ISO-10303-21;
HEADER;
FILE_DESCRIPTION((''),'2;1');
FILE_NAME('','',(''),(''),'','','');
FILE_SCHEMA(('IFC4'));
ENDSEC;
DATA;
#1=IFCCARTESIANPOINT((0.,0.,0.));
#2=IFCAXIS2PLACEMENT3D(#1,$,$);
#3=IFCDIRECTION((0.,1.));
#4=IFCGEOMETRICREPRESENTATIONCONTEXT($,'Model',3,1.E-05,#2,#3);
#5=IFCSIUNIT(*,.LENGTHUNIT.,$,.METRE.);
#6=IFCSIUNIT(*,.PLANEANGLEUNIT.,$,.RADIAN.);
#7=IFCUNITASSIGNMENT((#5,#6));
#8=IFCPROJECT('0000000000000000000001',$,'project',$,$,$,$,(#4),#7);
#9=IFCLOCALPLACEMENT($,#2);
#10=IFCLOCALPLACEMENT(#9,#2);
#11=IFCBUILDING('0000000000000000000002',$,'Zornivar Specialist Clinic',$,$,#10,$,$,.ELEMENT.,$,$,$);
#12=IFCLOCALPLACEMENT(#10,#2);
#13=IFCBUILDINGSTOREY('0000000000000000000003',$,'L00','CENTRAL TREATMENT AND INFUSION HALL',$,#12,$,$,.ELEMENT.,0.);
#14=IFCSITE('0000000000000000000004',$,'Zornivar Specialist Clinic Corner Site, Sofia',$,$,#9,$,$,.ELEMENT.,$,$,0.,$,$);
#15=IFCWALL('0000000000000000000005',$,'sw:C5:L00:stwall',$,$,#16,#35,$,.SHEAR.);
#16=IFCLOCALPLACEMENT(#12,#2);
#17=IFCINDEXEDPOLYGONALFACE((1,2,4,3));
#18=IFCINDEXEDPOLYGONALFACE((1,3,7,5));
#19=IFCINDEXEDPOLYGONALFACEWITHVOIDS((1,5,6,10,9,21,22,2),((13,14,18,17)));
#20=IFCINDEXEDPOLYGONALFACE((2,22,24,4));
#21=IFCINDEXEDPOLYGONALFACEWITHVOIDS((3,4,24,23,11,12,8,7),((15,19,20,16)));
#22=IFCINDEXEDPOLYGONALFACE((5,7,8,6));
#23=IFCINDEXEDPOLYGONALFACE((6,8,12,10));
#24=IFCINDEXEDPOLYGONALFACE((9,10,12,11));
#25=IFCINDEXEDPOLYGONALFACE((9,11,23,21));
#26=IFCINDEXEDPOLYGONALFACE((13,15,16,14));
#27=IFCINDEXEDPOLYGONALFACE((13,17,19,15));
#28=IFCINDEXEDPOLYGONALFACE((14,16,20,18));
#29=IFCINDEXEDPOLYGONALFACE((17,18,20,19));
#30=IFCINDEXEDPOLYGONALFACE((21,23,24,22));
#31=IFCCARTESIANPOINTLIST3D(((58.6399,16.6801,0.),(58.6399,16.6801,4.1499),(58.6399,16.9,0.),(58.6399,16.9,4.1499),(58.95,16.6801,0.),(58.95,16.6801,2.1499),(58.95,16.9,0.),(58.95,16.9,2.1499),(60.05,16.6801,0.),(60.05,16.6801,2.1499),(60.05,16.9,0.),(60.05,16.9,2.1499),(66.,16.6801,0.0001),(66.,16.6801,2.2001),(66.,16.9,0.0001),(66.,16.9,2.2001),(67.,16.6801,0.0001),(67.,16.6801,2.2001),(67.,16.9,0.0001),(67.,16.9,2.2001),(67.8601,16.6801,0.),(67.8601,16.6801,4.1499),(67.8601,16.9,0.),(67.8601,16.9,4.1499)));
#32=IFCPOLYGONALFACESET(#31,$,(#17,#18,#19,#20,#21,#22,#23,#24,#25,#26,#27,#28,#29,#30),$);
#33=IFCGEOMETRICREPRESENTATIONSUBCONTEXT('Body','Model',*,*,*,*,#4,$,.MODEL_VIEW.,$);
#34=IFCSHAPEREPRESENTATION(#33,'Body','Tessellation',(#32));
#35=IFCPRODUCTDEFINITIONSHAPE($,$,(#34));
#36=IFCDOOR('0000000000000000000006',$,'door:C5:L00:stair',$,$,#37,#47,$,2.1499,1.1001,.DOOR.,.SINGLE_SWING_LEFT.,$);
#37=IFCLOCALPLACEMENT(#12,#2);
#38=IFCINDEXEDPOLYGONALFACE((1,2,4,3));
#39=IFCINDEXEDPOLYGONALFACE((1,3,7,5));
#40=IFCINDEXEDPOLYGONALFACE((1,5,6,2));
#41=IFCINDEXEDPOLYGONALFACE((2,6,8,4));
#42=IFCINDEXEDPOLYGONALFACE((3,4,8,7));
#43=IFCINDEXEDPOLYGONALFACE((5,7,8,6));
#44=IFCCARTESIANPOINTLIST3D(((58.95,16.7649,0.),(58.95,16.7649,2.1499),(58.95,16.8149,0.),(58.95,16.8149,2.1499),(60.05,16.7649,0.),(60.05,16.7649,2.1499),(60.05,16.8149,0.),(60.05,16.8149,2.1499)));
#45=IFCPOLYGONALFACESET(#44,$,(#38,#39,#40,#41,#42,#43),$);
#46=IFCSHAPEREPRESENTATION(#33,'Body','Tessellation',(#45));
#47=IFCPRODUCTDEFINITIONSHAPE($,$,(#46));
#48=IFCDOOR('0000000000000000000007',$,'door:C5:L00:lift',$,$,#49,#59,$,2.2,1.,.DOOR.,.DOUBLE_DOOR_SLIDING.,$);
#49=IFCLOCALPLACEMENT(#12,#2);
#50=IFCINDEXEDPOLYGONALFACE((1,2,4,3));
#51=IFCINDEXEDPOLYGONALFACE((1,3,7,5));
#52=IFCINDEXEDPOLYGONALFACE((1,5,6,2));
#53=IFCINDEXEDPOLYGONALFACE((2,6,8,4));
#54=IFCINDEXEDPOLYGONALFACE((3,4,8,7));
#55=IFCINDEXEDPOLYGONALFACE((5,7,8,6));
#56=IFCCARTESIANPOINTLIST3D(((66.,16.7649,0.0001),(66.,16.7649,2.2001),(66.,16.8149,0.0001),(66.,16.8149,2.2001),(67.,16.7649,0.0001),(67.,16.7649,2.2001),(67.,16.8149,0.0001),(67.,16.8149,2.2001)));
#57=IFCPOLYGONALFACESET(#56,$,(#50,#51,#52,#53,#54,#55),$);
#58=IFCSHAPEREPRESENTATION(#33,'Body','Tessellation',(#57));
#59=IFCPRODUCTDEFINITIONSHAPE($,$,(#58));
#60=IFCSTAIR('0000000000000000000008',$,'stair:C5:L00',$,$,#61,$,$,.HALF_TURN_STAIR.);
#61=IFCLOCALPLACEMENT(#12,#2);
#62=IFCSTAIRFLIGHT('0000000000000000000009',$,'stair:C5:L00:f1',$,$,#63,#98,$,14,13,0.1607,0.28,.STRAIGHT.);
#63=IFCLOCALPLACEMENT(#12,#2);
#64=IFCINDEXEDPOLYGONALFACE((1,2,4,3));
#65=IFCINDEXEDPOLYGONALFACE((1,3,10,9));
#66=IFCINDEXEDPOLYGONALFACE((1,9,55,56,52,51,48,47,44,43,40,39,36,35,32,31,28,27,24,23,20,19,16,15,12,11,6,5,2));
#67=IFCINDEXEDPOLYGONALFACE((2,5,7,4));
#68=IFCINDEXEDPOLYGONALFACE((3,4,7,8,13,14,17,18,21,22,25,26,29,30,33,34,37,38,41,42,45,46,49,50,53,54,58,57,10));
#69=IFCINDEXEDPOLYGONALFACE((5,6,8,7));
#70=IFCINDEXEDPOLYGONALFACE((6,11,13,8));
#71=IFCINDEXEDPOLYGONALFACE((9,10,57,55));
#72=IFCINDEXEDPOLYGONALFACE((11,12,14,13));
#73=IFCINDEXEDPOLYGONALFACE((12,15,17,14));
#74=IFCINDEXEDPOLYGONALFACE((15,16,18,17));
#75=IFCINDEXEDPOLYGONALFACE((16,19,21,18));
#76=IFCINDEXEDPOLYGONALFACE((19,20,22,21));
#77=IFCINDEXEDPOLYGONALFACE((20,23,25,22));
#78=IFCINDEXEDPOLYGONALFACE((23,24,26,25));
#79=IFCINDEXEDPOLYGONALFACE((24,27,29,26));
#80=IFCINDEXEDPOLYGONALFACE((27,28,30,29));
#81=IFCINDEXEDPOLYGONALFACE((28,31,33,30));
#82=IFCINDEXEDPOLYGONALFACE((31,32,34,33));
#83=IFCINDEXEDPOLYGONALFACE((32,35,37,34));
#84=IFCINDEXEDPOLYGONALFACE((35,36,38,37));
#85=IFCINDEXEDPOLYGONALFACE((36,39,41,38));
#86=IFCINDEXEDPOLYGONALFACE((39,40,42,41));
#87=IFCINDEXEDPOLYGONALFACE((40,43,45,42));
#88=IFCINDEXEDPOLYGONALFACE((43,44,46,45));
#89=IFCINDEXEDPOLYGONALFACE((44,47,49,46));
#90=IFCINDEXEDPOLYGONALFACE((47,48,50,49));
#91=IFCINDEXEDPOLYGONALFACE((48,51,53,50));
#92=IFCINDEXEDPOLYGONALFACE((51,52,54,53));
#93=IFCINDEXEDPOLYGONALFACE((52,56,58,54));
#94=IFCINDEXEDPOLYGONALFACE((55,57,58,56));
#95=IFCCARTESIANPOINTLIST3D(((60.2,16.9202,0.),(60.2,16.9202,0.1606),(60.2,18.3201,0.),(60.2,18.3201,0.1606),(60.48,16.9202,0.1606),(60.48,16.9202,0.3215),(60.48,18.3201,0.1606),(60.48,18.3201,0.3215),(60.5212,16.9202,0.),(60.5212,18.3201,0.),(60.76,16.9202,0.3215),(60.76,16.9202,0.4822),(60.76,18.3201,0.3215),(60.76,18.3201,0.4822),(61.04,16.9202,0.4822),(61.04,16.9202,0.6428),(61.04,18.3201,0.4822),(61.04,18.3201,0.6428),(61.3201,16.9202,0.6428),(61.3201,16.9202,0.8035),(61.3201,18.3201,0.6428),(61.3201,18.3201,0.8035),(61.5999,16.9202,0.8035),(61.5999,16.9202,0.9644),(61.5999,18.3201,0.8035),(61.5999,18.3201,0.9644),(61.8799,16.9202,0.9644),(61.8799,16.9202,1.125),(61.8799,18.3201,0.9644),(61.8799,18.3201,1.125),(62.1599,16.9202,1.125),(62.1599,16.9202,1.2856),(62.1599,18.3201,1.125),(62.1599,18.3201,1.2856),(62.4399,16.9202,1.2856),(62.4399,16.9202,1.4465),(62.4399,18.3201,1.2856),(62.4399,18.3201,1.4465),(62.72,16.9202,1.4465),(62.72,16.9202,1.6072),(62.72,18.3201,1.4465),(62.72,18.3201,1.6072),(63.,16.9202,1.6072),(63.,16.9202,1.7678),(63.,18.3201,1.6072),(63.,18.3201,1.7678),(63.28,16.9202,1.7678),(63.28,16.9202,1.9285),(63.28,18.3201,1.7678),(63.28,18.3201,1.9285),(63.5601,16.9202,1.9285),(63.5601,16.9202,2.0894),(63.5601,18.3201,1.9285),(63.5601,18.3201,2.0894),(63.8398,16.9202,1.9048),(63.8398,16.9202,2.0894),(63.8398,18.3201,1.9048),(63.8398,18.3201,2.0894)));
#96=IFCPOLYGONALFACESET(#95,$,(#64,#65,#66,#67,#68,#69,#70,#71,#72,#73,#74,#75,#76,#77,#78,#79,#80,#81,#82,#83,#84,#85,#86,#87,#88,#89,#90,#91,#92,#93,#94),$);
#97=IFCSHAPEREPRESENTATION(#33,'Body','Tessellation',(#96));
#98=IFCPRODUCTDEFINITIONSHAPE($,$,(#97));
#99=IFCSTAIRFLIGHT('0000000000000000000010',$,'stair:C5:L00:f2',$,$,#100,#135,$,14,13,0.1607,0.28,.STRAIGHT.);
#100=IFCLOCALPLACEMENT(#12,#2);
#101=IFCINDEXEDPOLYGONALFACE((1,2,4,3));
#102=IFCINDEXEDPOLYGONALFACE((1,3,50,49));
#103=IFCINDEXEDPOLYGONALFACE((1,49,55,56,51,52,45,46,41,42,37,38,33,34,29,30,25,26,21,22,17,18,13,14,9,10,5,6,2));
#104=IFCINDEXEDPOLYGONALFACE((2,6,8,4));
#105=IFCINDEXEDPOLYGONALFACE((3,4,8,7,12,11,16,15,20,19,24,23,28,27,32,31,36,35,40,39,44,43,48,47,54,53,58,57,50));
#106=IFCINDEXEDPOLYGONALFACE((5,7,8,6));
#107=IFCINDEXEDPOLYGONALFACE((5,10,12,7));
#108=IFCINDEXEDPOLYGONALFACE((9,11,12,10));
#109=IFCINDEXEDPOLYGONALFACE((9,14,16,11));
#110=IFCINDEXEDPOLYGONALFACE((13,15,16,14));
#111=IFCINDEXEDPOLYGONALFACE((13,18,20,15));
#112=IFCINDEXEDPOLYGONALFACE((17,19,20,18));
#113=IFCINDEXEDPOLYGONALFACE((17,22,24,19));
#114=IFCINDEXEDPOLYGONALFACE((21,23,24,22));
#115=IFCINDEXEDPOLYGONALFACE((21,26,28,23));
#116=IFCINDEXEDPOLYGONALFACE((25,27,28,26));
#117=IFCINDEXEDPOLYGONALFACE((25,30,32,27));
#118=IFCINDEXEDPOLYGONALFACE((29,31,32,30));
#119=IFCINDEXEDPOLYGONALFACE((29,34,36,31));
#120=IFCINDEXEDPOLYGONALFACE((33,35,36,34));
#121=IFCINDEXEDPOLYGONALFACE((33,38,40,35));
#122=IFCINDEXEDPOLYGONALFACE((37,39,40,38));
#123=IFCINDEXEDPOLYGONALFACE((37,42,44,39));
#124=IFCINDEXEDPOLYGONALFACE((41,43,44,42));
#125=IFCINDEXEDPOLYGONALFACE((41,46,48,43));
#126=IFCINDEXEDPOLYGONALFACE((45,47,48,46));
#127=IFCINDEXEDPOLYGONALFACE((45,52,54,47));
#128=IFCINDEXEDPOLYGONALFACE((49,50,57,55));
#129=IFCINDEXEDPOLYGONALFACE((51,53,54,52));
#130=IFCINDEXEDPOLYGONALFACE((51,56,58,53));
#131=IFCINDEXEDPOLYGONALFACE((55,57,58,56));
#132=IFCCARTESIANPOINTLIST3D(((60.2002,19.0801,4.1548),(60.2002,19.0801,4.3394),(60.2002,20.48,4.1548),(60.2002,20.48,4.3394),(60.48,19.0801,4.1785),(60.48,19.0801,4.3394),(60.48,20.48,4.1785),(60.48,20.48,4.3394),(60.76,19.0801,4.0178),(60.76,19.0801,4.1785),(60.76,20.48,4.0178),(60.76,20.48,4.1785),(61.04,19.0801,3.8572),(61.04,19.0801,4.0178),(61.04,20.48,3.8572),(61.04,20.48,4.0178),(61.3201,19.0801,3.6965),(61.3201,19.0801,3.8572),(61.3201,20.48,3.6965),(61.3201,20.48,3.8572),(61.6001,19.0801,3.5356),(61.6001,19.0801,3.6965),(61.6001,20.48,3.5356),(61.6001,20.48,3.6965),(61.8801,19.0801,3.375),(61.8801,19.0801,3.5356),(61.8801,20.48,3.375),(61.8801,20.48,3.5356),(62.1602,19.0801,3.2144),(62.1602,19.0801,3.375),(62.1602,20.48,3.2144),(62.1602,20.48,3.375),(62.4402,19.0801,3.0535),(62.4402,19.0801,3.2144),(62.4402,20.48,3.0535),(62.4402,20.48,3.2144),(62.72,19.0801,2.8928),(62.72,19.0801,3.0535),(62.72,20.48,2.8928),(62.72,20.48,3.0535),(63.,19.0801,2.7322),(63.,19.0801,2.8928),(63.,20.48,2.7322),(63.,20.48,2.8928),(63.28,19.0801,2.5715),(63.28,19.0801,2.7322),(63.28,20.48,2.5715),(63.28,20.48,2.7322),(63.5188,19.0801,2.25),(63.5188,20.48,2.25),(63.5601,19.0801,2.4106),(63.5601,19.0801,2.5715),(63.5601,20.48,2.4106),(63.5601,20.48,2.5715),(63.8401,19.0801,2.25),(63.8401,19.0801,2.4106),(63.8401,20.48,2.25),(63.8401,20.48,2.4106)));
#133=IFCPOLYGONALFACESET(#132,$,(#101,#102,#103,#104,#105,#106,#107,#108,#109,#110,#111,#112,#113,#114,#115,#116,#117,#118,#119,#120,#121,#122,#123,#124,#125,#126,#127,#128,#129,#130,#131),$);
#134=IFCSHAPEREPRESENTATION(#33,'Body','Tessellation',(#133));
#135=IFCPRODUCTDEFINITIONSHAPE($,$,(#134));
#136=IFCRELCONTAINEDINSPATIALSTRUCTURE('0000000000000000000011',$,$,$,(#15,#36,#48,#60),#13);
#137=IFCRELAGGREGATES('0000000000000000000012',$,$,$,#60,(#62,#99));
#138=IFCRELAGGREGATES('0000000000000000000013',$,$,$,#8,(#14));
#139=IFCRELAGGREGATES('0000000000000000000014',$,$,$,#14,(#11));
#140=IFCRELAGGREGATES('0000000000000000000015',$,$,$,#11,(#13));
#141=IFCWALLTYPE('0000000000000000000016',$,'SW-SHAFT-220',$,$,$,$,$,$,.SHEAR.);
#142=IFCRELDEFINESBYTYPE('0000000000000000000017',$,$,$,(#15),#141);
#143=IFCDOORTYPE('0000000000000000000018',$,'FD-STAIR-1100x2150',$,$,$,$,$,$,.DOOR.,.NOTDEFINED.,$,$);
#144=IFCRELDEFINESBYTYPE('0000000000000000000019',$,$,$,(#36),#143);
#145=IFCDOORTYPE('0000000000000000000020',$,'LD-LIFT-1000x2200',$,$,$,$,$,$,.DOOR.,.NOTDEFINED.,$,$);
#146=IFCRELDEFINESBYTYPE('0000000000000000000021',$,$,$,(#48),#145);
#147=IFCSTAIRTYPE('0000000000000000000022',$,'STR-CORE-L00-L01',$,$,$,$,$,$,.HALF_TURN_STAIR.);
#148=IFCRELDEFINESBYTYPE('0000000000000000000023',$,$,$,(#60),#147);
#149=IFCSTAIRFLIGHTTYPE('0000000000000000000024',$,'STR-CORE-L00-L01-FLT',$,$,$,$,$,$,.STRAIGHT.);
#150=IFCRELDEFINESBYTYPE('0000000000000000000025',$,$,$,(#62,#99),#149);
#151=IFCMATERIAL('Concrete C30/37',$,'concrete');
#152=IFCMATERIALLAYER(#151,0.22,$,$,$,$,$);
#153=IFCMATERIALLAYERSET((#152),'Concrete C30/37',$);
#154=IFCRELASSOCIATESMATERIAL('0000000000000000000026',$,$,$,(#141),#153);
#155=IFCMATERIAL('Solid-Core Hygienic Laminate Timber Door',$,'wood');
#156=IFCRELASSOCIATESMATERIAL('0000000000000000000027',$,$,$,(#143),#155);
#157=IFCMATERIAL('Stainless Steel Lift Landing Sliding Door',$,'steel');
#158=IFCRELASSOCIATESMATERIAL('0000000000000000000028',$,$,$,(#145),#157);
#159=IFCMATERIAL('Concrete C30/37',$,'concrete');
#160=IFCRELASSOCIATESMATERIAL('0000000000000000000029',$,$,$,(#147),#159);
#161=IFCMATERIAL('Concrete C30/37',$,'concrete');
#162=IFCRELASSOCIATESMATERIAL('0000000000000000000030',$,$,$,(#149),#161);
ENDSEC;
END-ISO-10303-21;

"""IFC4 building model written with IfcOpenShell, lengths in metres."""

from ifc_helpers import new_model, si_unit, direction, frame, frame_2d, origin, place, context, subcontext, project, spatial, polyline, rectangle, outline, extrude, material, layer, layer_set, type_object, element, fill, aggregate, save


model = new_model("IFC4")

# Units and contexts
model_context = context("Model", 3, precision=1e-05, world=origin(), true_north=direction((0.0, 1.0)))
body_context = subcontext(model_context, "Body", "Model", "MODEL_VIEW")
ifc_project = project(units=[si_unit("LENGTHUNIT", "METRE"), si_unit("PLANEANGLEUNIT", "RADIAN")], contexts=[model_context])

# Site, building, storey
site_placement = place(None, origin())
site = spatial("IfcSite", under=ifc_project, at=site_placement, Name="Zornivar Specialist Clinic Corner Site, Sofia", CompositionType="ELEMENT", RefElevation=0.0)
building_placement = place(site_placement, origin())
building = spatial("IfcBuilding", under=site, at=building_placement, Name="Zornivar Specialist Clinic", CompositionType="ELEMENT")
storey_placement = place(building_placement, origin())
storey = spatial("IfcBuildingStorey", under=building, at=storey_placement, Name="L00", Description="CENTRAL TREATMENT AND INFUSION HALL", CompositionType="ELEMENT", Elevation=0.0)

# Wall, openings, doors
ifc_material_1 = material(Name="Concrete C30/37", Category="concrete")
ifc_layer_1 = layer(ifc_material_1, 0.22)
ifc_layer_set_1 = layer_set([ifc_layer_1], Name="Concrete C30/37")
wall_type_1 = type_object("IfcWallType", Name="SW-SHAFT-220", PredefinedType="SHEAR", material=ifc_layer_set_1)
wall_1_placement = place(storey_placement, frame((58.6399, 16.79, 0.0), z_axis=(0.0, 0.0, 1.0), x_axis=(1.0, 0.0, 0.0)))
wall_1 = element("IfcWall", 1, at=wall_1_placement, inside=storey, type_object=wall_type_1, Name="sw:C5:L00:stwall", PredefinedType="SHEAR", context=body_context, shape_type="SweptSolid", body=[
    extrude(rectangle(XDim=9.2202, YDim=0.22, at=frame_2d((4.6101, 0.0))), origin(), (0.0, 0.0, 1.0), 4.1499),
])
opening_1_placement = place(wall_1_placement, frame((0.3101, 0.0, 0.0)))
opening_1 = element("IfcOpeningElement", 2, at=opening_1_placement, cuts=wall_1, PredefinedType="OPENING", context=body_context, shape_type="SweptSolid", body=[
    extrude(rectangle(XDim=1.1001, YDim=2.1499, at=frame_2d((0.55, 1.075))), frame((0.0, 0.1199, 0.0), z_axis=(0.0, -1.0, 0.0), x_axis=(1.0, 0.0, 0.0)), (0.0, 0.0, 1.0), 0.24),
])
opening_2_placement = place(wall_1_placement, frame((7.3601, 0.0, 0.0)))
opening_2 = element("IfcOpeningElement", 3, at=opening_2_placement, cuts=wall_1, PredefinedType="OPENING", context=body_context, shape_type="SweptSolid", body=[
    extrude(rectangle(XDim=1.0, YDim=2.2, at=frame_2d((0.5, 1.1001))), frame((0.0, 0.1199, 0.0), z_axis=(0.0, -1.0, 0.0), x_axis=(1.0, 0.0, 0.0)), (0.0, 0.0, 1.0), 0.24),
])
ifc_material_2 = material(Name="Solid-Core Hygienic Laminate Timber Door", Category="wood")
door_type_1 = type_object("IfcDoorType", Name="FD-STAIR-1100x2150", OperationType="NOTDEFINED", PredefinedType="DOOR", material=ifc_material_2)
door_1_placement = place(opening_1_placement, origin())
door_1 = element("IfcDoor", 4, at=door_1_placement, inside=storey, type_object=door_type_1, Name="door:C5:L00:stair", OperationType="SINGLE_SWING_LEFT", OverallHeight=2.1499, OverallWidth=1.1001, PredefinedType="DOOR", context=body_context, shape_type="SweptSolid", body=[
    extrude(rectangle(XDim=1.1001, YDim=2.1499, at=frame_2d((0.55, 1.075))), frame((0.0, 0.0249, 0.0), z_axis=(0.0, -1.0, 0.0), x_axis=(1.0, 0.0, 0.0)), (0.0, 0.0, 1.0), 0.05),
])
fill(opening_1, door_1)
ifc_material_3 = material(Name="Stainless Steel Lift Landing Sliding Door", Category="steel")
door_type_2 = type_object("IfcDoorType", Name="LD-LIFT-1000x2200", OperationType="NOTDEFINED", PredefinedType="DOOR", material=ifc_material_3)
door_2_placement = place(opening_2_placement, origin())
door_2 = element("IfcDoor", 5, at=door_2_placement, inside=storey, type_object=door_type_2, Name="door:C5:L00:lift", OperationType="DOUBLE_DOOR_SLIDING", OverallHeight=2.2, OverallWidth=1.0, PredefinedType="DOOR", context=body_context, shape_type="SweptSolid", body=[
    extrude(rectangle(XDim=1.0, YDim=2.2, at=frame_2d((0.5, 1.1001))), frame((0.0, 0.0249, 0.0), z_axis=(0.0, -1.0, 0.0), x_axis=(1.0, 0.0, 0.0)), (0.0, 0.0, 1.0), 0.05),
])
fill(opening_2, door_2)

# Stair, stair flights
ifc_material_4 = material(Name="Concrete C30/37", Category="concrete")
stair_type = type_object("IfcStairType", Name="STR-CORE-L00-L01", PredefinedType="HALF_TURN_STAIR", material=ifc_material_4)
stair_placement = place(storey_placement, origin())
stair = element("IfcStair", 6, at=stair_placement, inside=storey, type_object=stair_type, Name="stair:C5:L00", PredefinedType="HALF_TURN_STAIR")
ifc_material_5 = material(Name="Concrete C30/37", Category="concrete")
stair_flight_type = type_object("IfcStairFlightType", Name="STR-CORE-L00-L01-FLT", PredefinedType="STRAIGHT", material=ifc_material_5)
stair_flight_1_placement = place(storey_placement, frame((60.2, 17.6201, 0.0), z_axis=(0.0, 0.0, 1.0), x_axis=(1.0, 0.0, 0.0)))
stair_flight_1 = element("IfcStairFlight", 7, at=stair_flight_1_placement, type_object=stair_flight_type, Name="stair:C5:L00:f1", NumberOfRisers=14, NumberOfTreads=13, PredefinedType="STRAIGHT", RiserHeight=0.1607, TreadLength=0.28, context=body_context, shape_type="SweptSolid", body=[
    extrude(outline(polyline([(0.0, 0.0), (0.0, 0.1606), (0.28, 0.1606), (0.28, 0.3215), (0.5601, 0.3215), (0.5601, 0.4822), (0.8401, 0.4822), (0.8401, 0.6428), (1.1201, 0.6428), (1.1201, 0.8035), (1.3999, 0.8035), (1.3999, 0.9644), (1.6799, 0.9644), (1.6799, 1.125), (1.96, 1.125), (1.96, 1.2856), (2.24, 1.2856), (2.24, 1.4465), (2.52, 1.4465), (2.52, 1.6072), (2.8, 1.6072), (2.8, 1.7678), (3.0801, 1.7678), (3.0801, 1.9285), (3.3601, 1.9285), (3.3601, 2.0894), (3.6399, 2.0894), (3.6399, 2.25), (3.6399, 1.9048), (0.3213, 0.0), (0.0, 0.0)])), frame((0.0, 0.7, 0.0), z_axis=(0.0, -1.0, 0.0), x_axis=(1.0, 0.0, 0.0)), (0.0, 0.0, 1.0), 1.3999),
])
stair_flight_2_placement = place(storey_placement, frame((63.8401, 19.78, 2.25), z_axis=(0.0, 0.0, 1.0), x_axis=(-1.0, 0.0, 0.0)))
stair_flight_2 = element("IfcStairFlight", 8, at=stair_flight_2_placement, type_object=stair_flight_type, Name="stair:C5:L00:f2", NumberOfRisers=14, NumberOfTreads=13, PredefinedType="STRAIGHT", RiserHeight=0.1607, TreadLength=0.28, context=body_context, shape_type="SweptSolid", body=[
    extrude(outline(polyline([(0.0, 0.0), (0.0, 0.1606), (0.28, 0.1606), (0.28, 0.3215), (0.5601, 0.3215), (0.5601, 0.4822), (0.8401, 0.4822), (0.8401, 0.6428), (1.1201, 0.6428), (1.1201, 0.8035), (1.3999, 0.8035), (1.3999, 0.9644), (1.6799, 0.9644), (1.6799, 1.125), (1.96, 1.125), (1.96, 1.2856), (2.24, 1.2856), (2.24, 1.4465), (2.52, 1.4465), (2.52, 1.6072), (2.8, 1.6072), (2.8, 1.7678), (3.0801, 1.7678), (3.0801, 1.9285), (3.3601, 1.9285), (3.3601, 2.0894), (3.6399, 2.0894), (3.6399, 2.25), (3.6399, 1.9048), (0.3213, 0.0), (0.0, 0.0)])), frame((0.0, 0.7, 0.0), z_axis=(0.0, -1.0, 0.0), x_axis=(1.0, 0.0, 0.0)), (0.0, 0.0, 1.0), 1.3999),
])
aggregate(stair, [stair_flight_1, stair_flight_2])

save(model, "model.ifc")
